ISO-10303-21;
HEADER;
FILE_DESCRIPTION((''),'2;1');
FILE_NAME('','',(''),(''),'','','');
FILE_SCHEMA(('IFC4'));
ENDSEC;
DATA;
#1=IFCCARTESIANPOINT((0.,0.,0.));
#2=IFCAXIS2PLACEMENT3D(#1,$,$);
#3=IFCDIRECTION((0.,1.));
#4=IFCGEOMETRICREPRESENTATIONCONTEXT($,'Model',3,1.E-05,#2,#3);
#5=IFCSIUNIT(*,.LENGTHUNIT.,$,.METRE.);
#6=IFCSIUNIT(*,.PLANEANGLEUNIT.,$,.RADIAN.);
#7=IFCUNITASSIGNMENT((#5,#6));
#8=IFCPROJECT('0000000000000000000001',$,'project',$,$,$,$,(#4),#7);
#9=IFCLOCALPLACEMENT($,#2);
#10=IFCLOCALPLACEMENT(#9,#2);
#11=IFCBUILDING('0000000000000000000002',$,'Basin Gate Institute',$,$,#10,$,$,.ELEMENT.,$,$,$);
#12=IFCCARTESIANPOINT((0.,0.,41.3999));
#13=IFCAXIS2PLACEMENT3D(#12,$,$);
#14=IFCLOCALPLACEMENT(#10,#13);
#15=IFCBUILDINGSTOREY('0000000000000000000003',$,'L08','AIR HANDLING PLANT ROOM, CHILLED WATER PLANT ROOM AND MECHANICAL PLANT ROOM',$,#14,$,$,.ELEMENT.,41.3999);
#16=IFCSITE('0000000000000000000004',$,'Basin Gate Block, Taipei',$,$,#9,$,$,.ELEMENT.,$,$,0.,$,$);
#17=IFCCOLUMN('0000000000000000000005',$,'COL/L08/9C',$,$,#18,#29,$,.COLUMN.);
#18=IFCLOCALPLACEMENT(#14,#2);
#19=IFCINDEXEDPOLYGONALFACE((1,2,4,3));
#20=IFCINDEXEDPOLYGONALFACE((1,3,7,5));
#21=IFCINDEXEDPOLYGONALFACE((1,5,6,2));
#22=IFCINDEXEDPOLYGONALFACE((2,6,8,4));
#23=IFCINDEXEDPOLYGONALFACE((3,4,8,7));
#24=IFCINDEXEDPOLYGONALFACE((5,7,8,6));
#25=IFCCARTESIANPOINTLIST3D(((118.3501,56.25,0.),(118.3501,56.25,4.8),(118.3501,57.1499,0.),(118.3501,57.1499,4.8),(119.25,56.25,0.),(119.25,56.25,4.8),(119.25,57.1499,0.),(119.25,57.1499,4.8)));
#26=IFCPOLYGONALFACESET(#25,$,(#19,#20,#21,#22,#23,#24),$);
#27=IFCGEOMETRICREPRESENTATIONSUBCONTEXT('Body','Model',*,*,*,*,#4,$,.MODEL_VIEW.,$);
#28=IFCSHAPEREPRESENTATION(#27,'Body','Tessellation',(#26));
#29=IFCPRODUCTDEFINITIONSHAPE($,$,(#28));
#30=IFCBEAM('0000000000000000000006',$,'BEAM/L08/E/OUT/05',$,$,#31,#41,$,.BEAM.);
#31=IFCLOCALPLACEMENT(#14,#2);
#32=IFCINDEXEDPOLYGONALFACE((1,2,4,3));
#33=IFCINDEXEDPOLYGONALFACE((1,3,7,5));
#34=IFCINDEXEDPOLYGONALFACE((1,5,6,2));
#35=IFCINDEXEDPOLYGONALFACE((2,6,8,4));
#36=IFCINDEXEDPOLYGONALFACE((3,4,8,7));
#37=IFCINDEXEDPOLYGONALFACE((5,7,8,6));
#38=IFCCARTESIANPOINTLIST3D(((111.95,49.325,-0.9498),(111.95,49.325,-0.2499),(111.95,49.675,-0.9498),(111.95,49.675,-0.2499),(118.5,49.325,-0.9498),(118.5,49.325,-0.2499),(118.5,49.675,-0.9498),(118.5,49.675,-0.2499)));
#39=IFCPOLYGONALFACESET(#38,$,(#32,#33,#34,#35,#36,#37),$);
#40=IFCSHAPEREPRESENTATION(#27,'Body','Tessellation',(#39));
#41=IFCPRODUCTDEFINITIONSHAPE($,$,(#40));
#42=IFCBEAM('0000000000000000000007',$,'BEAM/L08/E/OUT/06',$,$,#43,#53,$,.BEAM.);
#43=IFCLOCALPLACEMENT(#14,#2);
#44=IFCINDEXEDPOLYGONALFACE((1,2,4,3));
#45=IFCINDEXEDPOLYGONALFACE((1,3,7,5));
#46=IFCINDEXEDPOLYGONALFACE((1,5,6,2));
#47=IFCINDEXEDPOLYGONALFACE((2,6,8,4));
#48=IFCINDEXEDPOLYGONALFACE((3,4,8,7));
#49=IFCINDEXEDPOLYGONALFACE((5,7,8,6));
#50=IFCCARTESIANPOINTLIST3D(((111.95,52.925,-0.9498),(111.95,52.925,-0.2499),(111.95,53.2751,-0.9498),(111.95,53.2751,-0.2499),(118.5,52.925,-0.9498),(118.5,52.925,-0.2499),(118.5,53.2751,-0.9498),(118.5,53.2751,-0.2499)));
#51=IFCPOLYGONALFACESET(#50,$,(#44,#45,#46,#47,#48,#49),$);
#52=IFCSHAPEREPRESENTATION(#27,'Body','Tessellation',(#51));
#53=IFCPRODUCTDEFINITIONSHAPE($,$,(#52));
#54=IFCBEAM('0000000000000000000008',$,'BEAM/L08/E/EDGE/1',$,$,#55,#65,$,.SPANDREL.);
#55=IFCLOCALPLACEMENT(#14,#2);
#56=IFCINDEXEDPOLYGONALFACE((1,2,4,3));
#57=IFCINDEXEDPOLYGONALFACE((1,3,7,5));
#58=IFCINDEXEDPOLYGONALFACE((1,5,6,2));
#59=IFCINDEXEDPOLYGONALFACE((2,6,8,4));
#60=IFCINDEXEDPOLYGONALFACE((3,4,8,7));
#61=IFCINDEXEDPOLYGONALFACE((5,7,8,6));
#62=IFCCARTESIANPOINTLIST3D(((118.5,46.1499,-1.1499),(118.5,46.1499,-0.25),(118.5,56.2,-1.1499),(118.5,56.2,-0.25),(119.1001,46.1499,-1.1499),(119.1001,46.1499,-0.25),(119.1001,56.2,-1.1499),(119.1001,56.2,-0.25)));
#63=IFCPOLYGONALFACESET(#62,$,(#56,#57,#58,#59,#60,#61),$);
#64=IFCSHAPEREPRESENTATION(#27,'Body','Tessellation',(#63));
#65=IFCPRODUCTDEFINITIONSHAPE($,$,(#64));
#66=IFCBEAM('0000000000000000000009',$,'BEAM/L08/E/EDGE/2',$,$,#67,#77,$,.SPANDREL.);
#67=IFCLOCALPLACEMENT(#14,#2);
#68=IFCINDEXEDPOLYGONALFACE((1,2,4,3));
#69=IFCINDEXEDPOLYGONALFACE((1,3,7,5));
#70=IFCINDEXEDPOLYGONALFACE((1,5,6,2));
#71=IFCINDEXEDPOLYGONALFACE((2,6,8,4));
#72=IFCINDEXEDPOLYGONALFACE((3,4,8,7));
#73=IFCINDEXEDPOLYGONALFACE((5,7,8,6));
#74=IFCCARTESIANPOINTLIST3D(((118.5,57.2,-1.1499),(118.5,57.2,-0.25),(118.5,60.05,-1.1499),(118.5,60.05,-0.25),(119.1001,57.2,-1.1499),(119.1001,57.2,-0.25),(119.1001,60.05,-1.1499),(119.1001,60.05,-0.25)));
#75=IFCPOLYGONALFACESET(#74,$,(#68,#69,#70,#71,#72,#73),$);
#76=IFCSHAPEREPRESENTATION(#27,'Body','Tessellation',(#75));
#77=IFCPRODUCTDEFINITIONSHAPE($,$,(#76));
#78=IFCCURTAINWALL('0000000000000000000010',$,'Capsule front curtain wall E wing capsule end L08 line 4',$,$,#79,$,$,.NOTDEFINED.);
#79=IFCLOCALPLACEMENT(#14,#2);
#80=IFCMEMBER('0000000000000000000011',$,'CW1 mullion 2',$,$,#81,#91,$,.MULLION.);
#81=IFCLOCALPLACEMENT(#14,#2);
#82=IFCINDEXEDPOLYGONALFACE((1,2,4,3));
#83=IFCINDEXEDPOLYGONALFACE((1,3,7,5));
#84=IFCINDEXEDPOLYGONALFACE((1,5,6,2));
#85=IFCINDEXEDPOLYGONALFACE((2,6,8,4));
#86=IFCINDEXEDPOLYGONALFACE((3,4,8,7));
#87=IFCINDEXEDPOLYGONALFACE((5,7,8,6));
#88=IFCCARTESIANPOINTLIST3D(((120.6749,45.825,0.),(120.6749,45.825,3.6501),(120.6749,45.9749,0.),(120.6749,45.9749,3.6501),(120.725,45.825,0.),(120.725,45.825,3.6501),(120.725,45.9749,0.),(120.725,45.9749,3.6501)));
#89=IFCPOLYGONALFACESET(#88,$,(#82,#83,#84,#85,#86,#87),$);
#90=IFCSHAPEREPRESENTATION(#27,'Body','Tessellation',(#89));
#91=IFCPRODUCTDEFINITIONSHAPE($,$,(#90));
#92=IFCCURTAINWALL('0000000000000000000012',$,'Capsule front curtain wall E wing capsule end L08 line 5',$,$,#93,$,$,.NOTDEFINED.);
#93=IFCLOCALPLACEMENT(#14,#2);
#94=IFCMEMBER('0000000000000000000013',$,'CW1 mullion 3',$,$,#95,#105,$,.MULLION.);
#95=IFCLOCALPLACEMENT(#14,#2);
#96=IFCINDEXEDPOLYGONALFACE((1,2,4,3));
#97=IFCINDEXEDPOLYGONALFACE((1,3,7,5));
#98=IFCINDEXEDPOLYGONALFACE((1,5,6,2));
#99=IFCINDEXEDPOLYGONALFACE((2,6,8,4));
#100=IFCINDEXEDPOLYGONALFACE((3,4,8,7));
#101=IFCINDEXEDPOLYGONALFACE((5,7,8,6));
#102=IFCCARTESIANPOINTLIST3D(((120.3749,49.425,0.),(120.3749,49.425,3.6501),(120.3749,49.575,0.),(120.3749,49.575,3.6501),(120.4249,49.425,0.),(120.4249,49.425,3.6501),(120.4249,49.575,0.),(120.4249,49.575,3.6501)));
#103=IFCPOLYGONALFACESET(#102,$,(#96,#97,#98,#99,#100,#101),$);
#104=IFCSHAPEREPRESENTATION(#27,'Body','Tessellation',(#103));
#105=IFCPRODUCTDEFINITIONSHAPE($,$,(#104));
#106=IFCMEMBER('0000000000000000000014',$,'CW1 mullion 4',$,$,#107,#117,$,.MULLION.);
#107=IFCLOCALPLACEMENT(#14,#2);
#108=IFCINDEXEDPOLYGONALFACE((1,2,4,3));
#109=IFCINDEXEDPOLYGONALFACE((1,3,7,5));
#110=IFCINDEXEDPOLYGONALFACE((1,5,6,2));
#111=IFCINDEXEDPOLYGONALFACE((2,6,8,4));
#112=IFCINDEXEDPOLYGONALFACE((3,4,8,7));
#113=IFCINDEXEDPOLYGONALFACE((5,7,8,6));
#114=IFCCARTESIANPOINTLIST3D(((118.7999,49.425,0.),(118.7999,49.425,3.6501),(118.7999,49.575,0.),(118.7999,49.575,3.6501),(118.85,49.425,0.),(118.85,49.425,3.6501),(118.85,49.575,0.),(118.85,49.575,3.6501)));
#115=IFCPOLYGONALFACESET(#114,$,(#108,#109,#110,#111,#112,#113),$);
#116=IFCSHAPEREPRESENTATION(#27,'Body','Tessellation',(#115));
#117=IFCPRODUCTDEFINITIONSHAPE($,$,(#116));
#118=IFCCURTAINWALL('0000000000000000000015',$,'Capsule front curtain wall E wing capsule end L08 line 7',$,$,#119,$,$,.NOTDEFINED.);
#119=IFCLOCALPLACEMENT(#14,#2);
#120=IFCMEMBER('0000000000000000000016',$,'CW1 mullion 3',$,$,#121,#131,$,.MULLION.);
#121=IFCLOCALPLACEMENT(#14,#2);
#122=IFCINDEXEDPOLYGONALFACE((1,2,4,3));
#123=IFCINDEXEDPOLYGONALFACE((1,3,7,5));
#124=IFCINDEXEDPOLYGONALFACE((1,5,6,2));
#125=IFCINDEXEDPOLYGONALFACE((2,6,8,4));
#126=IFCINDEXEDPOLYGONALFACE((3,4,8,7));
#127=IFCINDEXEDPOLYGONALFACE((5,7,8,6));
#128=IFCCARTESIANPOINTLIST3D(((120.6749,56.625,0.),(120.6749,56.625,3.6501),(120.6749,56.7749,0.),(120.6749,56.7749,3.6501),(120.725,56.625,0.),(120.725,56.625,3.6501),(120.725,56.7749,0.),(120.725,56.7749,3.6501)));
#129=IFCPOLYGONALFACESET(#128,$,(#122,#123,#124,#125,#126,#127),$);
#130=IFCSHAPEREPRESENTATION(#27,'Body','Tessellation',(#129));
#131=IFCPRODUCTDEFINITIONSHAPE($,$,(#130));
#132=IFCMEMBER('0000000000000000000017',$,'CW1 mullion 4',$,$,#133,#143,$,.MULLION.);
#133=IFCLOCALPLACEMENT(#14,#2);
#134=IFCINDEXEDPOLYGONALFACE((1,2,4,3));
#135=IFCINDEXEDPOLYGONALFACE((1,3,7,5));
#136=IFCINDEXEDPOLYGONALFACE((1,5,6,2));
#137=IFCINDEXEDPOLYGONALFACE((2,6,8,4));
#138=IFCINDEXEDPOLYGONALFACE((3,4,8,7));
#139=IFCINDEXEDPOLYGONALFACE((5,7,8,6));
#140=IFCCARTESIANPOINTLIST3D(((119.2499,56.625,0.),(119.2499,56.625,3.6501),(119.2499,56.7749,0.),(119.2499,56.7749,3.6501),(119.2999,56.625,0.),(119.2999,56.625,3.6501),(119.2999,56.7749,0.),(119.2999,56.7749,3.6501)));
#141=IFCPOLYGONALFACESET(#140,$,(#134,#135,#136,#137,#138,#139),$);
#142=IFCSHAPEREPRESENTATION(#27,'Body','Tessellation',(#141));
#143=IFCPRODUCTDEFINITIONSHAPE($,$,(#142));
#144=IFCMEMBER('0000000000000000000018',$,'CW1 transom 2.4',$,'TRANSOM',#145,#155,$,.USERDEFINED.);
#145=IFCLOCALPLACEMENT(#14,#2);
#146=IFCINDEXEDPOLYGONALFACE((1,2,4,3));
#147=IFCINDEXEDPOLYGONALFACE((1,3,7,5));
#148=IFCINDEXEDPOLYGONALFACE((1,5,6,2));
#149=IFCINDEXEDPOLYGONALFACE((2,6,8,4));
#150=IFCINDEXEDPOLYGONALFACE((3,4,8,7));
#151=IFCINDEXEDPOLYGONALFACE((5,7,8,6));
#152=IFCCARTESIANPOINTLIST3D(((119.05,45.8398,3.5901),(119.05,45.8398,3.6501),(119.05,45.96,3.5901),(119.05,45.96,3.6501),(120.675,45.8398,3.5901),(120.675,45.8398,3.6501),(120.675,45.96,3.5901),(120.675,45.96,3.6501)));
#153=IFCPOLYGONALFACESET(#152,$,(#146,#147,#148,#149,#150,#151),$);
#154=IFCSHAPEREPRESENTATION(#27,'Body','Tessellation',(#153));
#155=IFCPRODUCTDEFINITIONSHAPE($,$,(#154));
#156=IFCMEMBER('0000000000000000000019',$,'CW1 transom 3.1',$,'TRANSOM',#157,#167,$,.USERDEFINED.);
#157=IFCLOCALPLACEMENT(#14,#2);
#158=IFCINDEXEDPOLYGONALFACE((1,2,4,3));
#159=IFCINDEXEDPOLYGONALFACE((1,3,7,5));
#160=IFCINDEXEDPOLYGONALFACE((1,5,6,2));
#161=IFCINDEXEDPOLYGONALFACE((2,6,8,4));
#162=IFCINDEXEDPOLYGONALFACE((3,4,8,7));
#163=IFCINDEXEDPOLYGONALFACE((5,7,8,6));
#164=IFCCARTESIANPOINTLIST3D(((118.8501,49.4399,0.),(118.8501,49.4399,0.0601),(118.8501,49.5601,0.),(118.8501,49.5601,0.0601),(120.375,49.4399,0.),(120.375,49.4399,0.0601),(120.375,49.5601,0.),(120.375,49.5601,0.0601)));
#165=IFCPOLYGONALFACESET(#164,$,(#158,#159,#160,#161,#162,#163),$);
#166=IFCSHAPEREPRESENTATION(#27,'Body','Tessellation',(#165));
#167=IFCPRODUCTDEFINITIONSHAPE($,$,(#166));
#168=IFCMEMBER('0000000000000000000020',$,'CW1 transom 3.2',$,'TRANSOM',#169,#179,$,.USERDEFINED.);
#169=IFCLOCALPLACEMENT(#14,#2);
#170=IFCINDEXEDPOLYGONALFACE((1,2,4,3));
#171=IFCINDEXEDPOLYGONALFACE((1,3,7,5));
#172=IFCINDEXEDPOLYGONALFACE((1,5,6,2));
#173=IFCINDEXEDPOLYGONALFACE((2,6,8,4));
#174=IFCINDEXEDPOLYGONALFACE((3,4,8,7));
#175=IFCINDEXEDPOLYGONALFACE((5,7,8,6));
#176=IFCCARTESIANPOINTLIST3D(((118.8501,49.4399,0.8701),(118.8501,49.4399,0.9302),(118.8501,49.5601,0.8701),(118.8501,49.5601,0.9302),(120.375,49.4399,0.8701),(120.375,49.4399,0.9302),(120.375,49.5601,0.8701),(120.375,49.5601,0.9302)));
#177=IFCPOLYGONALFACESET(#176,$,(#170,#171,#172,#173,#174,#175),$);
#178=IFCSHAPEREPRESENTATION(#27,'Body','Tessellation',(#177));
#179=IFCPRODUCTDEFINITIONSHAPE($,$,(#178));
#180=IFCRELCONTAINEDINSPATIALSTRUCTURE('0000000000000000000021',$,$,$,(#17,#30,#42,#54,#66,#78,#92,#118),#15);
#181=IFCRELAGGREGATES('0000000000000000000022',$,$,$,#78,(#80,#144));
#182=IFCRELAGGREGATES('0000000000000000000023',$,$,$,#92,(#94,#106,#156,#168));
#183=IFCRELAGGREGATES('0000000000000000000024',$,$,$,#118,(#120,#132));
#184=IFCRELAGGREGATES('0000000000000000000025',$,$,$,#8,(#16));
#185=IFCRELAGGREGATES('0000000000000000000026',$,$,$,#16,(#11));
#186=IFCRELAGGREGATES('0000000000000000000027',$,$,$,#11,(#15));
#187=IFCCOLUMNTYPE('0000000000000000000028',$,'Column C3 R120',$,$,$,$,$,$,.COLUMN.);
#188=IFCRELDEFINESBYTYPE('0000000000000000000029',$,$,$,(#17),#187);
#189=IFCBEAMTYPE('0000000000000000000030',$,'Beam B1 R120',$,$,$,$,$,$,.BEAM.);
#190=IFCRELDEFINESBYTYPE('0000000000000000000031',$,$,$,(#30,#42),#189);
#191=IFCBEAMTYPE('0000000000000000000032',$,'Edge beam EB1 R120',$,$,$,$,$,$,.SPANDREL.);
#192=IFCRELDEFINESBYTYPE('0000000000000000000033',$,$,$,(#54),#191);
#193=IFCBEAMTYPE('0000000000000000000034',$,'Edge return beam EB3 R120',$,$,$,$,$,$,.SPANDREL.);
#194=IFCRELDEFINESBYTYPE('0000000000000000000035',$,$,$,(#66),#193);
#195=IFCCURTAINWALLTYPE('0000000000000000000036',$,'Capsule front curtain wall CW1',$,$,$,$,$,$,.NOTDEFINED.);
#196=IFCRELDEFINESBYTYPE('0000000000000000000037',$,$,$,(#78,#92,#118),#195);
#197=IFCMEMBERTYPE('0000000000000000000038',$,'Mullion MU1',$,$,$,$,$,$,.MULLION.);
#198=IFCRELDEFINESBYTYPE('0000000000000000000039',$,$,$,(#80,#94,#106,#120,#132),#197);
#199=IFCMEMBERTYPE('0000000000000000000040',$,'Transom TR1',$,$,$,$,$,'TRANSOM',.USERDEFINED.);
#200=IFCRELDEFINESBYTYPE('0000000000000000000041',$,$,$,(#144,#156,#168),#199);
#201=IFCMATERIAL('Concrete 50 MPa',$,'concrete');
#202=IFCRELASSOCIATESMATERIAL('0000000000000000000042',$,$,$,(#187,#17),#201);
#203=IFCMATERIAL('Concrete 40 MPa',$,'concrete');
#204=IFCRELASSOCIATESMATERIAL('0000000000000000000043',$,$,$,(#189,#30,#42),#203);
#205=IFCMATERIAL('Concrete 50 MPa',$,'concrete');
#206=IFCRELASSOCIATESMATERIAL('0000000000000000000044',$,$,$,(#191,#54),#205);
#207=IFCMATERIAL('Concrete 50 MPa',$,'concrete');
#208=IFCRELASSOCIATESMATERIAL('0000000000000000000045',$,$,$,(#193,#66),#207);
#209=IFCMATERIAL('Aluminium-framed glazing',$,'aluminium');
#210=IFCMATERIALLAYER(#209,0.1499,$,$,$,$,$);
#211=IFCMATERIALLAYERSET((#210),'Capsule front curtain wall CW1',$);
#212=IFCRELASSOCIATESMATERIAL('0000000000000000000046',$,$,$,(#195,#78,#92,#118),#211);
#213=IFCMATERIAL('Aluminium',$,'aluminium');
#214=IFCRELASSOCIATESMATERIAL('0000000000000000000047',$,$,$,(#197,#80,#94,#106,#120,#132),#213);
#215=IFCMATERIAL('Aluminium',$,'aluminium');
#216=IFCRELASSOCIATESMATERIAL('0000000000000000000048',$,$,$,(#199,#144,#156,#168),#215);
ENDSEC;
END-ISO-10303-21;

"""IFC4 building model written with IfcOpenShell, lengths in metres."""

from ifc_helpers import new_model, si_unit, direction, frame, origin, origin_2d, place, context, subcontext, project, spatial, rectangle, extrude, material, layer, layer_set, material_profile, profile_set, type_object, element, aggregate, save


model = new_model("IFC4")

# Units and contexts
model_context = context("Model", 3, precision=1e-05, world=origin(), true_north=direction((0.0, 1.0)))
body_context = subcontext(model_context, "Body", "Model", "MODEL_VIEW")
ifc_project = project(units=[si_unit("LENGTHUNIT", "METRE"), si_unit("PLANEANGLEUNIT", "RADIAN")], contexts=[model_context])

# Site, building, storey
site_placement = place(None, origin())
site = spatial("IfcSite", under=ifc_project, at=site_placement, Name="Basin Gate Block, Taipei", CompositionType="ELEMENT", RefElevation=0.0)
building_placement = place(site_placement, origin())
building = spatial("IfcBuilding", under=site, at=building_placement, Name="Basin Gate Institute", CompositionType="ELEMENT")
storey_placement = place(building_placement, frame((0.0, 0.0, 41.3999)))
storey = spatial("IfcBuildingStorey", under=building, at=storey_placement, Name="L08", Description="AIR HANDLING PLANT ROOM, CHILLED WATER PLANT ROOM AND MECHANICAL PLANT ROOM", CompositionType="ELEMENT", Elevation=41.3999)

# Column
ifc_material_1 = material(Name="Concrete 50 MPa", Category="concrete")
ifc_material_profile_1 = material_profile(ifc_material_1, rectangle(XDim=0.8999, YDim=0.8999, at=origin_2d()), Name="Column C3 900 x 900")
ifc_profile_set_1 = profile_set([ifc_material_profile_1], Name="Concrete 50 MPa")
column_type = type_object("IfcColumnType", Name="Column C3 R120", PredefinedType="COLUMN", material=ifc_profile_set_1)
column_placement = place(storey_placement, frame((118.8, 56.7, 0.0), z_axis=(0.0, 0.0, 1.0), x_axis=(1.0, 0.0, 0.0)))
element("IfcColumn", 1, at=column_placement, inside=storey, type_object=column_type, material=ifc_profile_set_1, Name="COL/L08/9C", PredefinedType="COLUMN", context=body_context, shape_type="SweptSolid", body=[
    extrude(rectangle(XDim=0.8999, YDim=0.8999, at=origin_2d()), origin(), (0.0, 0.0, 1.0), 4.8),
])

# Beams
ifc_material_2 = material(Name="Concrete 40 MPa", Category="concrete")
ifc_material_profile_2 = material_profile(ifc_material_2, rectangle(XDim=0.3501, YDim=0.7, at=origin_2d()), Name="Beam B1 350 x 700")
ifc_profile_set_2 = profile_set([ifc_material_profile_2], Name="Concrete 40 MPa")
beam_type_1 = type_object("IfcBeamType", Name="Beam B1 R120", PredefinedType="BEAM", material=ifc_profile_set_2)
for number, where, z_axis, x_axis, name in (
    (2, (118.5, 49.5, -0.5999), (-1.0, 0.0, 0.0), (0.0, -1.0, 0.0), "BEAM/L08/E/OUT/05"),
    (3, (118.5, 53.1001, -0.5999), (-1.0, 0.0, 0.0), (0.0, -1.0, 0.0), "BEAM/L08/E/OUT/06"),
):
    element("IfcBeam", number, at=place(storey_placement, frame(where, z_axis=z_axis, x_axis=x_axis)), inside=storey, type_object=beam_type_1, material=ifc_profile_set_2, Name=name, PredefinedType="BEAM", context=body_context, shape_type="SweptSolid", body=[
        extrude(rectangle(XDim=0.3501, YDim=0.7, at=origin_2d()), origin(), (0.0, 0.0, 1.0), 6.55),
    ])
ifc_material_3 = material(Name="Concrete 50 MPa", Category="concrete")
ifc_material_profile_3 = material_profile(ifc_material_3, rectangle(XDim=0.6001, YDim=0.8999, at=origin_2d()), Name="Edge beam EB1 600 x 900")
ifc_profile_set_3 = profile_set([ifc_material_profile_3], Name="Concrete 50 MPa")
beam_type_2 = type_object("IfcBeamType", Name="Edge beam EB1 R120", PredefinedType="SPANDREL", material=ifc_profile_set_3)
beam_1_placement = place(storey_placement, frame((118.8, 46.1499, -0.7), z_axis=(0.0, 1.0, 0.0), x_axis=(-1.0, 0.0, 0.0)))
element("IfcBeam", 4, at=beam_1_placement, inside=storey, type_object=beam_type_2, material=ifc_profile_set_3, Name="BEAM/L08/E/EDGE/1", PredefinedType="SPANDREL", context=body_context, shape_type="SweptSolid", body=[
    extrude(rectangle(XDim=0.6001, YDim=0.8999, at=origin_2d()), origin(), (0.0, 0.0, 1.0), 10.05),
])
ifc_material_4 = material(Name="Concrete 50 MPa", Category="concrete")
ifc_material_profile_4 = material_profile(ifc_material_4, rectangle(XDim=0.6001, YDim=0.8999, at=origin_2d()), Name="Edge return beam EB3 600 x 900")
ifc_profile_set_4 = profile_set([ifc_material_profile_4], Name="Concrete 50 MPa")
beam_type_3 = type_object("IfcBeamType", Name="Edge return beam EB3 R120", PredefinedType="SPANDREL", material=ifc_profile_set_4)
beam_2_placement = place(storey_placement, frame((118.8, 57.2, -0.7), z_axis=(0.0, 1.0, 0.0), x_axis=(-1.0, 0.0, 0.0)))
element("IfcBeam", 5, at=beam_2_placement, inside=storey, type_object=beam_type_3, material=ifc_profile_set_4, Name="BEAM/L08/E/EDGE/2", PredefinedType="SPANDREL", context=body_context, shape_type="SweptSolid", body=[
    extrude(rectangle(XDim=0.6001, YDim=0.8999, at=origin_2d()), origin(), (0.0, 0.0, 1.0), 2.8501),
])

# Curtain wall, member
ifc_material_5 = material(Name="Aluminium-framed glazing", Category="aluminium")
ifc_layer_1 = layer(ifc_material_5, 0.1499)
ifc_layer_set_1 = layer_set([ifc_layer_1], Name="Capsule front curtain wall CW1")
curtain_wall_type = type_object("IfcCurtainWallType", Name="Capsule front curtain wall CW1", PredefinedType="NOTDEFINED", material=ifc_layer_set_1)
curtain_wall_1_placement = place(storey_placement, origin())
curtain_wall_1 = element("IfcCurtainWall", 6, at=curtain_wall_1_placement, inside=storey, type_object=curtain_wall_type, material=ifc_layer_set_1, Name="Capsule front curtain wall E wing capsule end L08 line 4", PredefinedType="NOTDEFINED")
ifc_material_6 = material(Name="Aluminium", Category="aluminium")
ifc_material_profile_5 = material_profile(ifc_material_6, rectangle(XDim=0.1499, YDim=0.05, at=origin_2d()), Name="Mullion MU1 150 x 50")
ifc_profile_set_5 = profile_set([ifc_material_profile_5], Name="Aluminium")
member_type_1 = type_object("IfcMemberType", Name="Mullion MU1", PredefinedType="MULLION", material=ifc_profile_set_5)
member_1_placement = place(storey_placement, frame((120.7, 45.8999, 0.0), z_axis=(0.0, 0.0, 1.0), x_axis=(0.0, -1.0, 0.0)))
member_1 = element("IfcMember", 7, at=member_1_placement, type_object=member_type_1, material=ifc_profile_set_5, Name="CW1 mullion 2", PredefinedType="MULLION", context=body_context, shape_type="SweptSolid", body=[
    extrude(rectangle(XDim=0.1499, YDim=0.05, at=origin_2d()), origin(), (0.0, 0.0, 1.0), 3.6501),
])

# Curtain walls, members
curtain_wall_2_placement = place(storey_placement, origin())
curtain_wall_2 = element("IfcCurtainWall", 8, at=curtain_wall_2_placement, inside=storey, type_object=curtain_wall_type, material=ifc_layer_set_1, Name="Capsule front curtain wall E wing capsule end L08 line 5", PredefinedType="NOTDEFINED")
member_2_placement = place(storey_placement, frame((120.3999, 49.5, 0.0), z_axis=(0.0, 0.0, 1.0), x_axis=(0.0, -1.0, 0.0)))
member_2 = element("IfcMember", 9, at=member_2_placement, type_object=member_type_1, material=ifc_profile_set_5, Name="CW1 mullion 3", PredefinedType="MULLION", context=body_context, shape_type="SweptSolid", body=[
    extrude(rectangle(XDim=0.1499, YDim=0.05, at=origin_2d()), origin(), (0.0, 0.0, 1.0), 3.6501),
])
member_3_placement = place(storey_placement, frame((118.825, 49.5, 0.0), z_axis=(0.0, 0.0, 1.0), x_axis=(0.0, -1.0, 0.0)))
member_3 = element("IfcMember", 10, at=member_3_placement, type_object=member_type_1, material=ifc_profile_set_5, Name="CW1 mullion 4", PredefinedType="MULLION", context=body_context, shape_type="SweptSolid", body=[
    extrude(rectangle(XDim=0.1499, YDim=0.05, at=origin_2d()), origin(), (0.0, 0.0, 1.0), 3.6501),
])
curtain_wall_3_placement = place(storey_placement, origin())
curtain_wall_3 = element("IfcCurtainWall", 11, at=curtain_wall_3_placement, inside=storey, type_object=curtain_wall_type, material=ifc_layer_set_1, Name="Capsule front curtain wall E wing capsule end L08 line 7", PredefinedType="NOTDEFINED")
member_4_placement = place(storey_placement, frame((120.7, 56.7, 0.0), z_axis=(0.0, 0.0, 1.0), x_axis=(0.0, -1.0, 0.0)))
member_4 = element("IfcMember", 12, at=member_4_placement, type_object=member_type_1, material=ifc_profile_set_5, Name="CW1 mullion 3", PredefinedType="MULLION", context=body_context, shape_type="SweptSolid", body=[
    extrude(rectangle(XDim=0.1499, YDim=0.05, at=origin_2d()), origin(), (0.0, 0.0, 1.0), 3.6501),
])
member_5_placement = place(storey_placement, frame((119.2749, 56.7, 0.0), z_axis=(0.0, 0.0, 1.0), x_axis=(0.0, -1.0, 0.0)))
member_5 = element("IfcMember", 13, at=member_5_placement, type_object=member_type_1, material=ifc_profile_set_5, Name="CW1 mullion 4", PredefinedType="MULLION", context=body_context, shape_type="SweptSolid", body=[
    extrude(rectangle(XDim=0.1499, YDim=0.05, at=origin_2d()), origin(), (0.0, 0.0, 1.0), 3.6501),
])

# Members
ifc_material_7 = material(Name="Aluminium", Category="aluminium")
ifc_material_profile_6 = material_profile(ifc_material_7, rectangle(XDim=0.1201, YDim=0.0601, at=origin_2d()), Name="Transom TR1 120 x 60")
ifc_profile_set_6 = profile_set([ifc_material_profile_6], Name="Aluminium")
member_type_2 = type_object("IfcMemberType", Name="Transom TR1", ElementType="TRANSOM", PredefinedType="USERDEFINED", material=ifc_profile_set_6)
member_6_placement = place(storey_placement, frame((120.675, 45.8999, 3.6201), z_axis=(-1.0, 0.0, 0.0), x_axis=(0.0, -1.0, 0.0)))
member_6 = element("IfcMember", 14, at=member_6_placement, type_object=member_type_2, material=ifc_profile_set_6, Name="CW1 transom 2.4", ObjectType="TRANSOM", PredefinedType="USERDEFINED", context=body_context, shape_type="SweptSolid", body=[
    extrude(rectangle(XDim=0.1201, YDim=0.0601, at=origin_2d()), origin(), (0.0, 0.0, 1.0), 1.625),
])
aggregate(curtain_wall_1, [member_1, member_6])
member_7_placement = place(storey_placement, frame((120.375, 49.5, 0.03), z_axis=(-1.0, 0.0, 0.0), x_axis=(0.0, -1.0, 0.0)))
member_7 = element("IfcMember", 15, at=member_7_placement, type_object=member_type_2, material=ifc_profile_set_6, Name="CW1 transom 3.1", ObjectType="TRANSOM", PredefinedType="USERDEFINED", context=body_context, shape_type="SweptSolid", body=[
    extrude(rectangle(XDim=0.1201, YDim=0.0601, at=origin_2d()), origin(), (0.0, 0.0, 1.0), 1.5249),
])
member_8_placement = place(storey_placement, frame((120.375, 49.5, 0.9001), z_axis=(-1.0, 0.0, 0.0), x_axis=(0.0, -1.0, 0.0)))
member_8 = element("IfcMember", 16, at=member_8_placement, type_object=member_type_2, material=ifc_profile_set_6, Name="CW1 transom 3.2", ObjectType="TRANSOM", PredefinedType="USERDEFINED", context=body_context, shape_type="SweptSolid", body=[
    extrude(rectangle(XDim=0.1201, YDim=0.0601, at=origin_2d()), origin(), (0.0, 0.0, 1.0), 1.5249),
])

aggregate(curtain_wall_2, [member_2, member_3, member_7, member_8])
aggregate(curtain_wall_3, [member_4, member_5])

save(model, "model.ifc")
